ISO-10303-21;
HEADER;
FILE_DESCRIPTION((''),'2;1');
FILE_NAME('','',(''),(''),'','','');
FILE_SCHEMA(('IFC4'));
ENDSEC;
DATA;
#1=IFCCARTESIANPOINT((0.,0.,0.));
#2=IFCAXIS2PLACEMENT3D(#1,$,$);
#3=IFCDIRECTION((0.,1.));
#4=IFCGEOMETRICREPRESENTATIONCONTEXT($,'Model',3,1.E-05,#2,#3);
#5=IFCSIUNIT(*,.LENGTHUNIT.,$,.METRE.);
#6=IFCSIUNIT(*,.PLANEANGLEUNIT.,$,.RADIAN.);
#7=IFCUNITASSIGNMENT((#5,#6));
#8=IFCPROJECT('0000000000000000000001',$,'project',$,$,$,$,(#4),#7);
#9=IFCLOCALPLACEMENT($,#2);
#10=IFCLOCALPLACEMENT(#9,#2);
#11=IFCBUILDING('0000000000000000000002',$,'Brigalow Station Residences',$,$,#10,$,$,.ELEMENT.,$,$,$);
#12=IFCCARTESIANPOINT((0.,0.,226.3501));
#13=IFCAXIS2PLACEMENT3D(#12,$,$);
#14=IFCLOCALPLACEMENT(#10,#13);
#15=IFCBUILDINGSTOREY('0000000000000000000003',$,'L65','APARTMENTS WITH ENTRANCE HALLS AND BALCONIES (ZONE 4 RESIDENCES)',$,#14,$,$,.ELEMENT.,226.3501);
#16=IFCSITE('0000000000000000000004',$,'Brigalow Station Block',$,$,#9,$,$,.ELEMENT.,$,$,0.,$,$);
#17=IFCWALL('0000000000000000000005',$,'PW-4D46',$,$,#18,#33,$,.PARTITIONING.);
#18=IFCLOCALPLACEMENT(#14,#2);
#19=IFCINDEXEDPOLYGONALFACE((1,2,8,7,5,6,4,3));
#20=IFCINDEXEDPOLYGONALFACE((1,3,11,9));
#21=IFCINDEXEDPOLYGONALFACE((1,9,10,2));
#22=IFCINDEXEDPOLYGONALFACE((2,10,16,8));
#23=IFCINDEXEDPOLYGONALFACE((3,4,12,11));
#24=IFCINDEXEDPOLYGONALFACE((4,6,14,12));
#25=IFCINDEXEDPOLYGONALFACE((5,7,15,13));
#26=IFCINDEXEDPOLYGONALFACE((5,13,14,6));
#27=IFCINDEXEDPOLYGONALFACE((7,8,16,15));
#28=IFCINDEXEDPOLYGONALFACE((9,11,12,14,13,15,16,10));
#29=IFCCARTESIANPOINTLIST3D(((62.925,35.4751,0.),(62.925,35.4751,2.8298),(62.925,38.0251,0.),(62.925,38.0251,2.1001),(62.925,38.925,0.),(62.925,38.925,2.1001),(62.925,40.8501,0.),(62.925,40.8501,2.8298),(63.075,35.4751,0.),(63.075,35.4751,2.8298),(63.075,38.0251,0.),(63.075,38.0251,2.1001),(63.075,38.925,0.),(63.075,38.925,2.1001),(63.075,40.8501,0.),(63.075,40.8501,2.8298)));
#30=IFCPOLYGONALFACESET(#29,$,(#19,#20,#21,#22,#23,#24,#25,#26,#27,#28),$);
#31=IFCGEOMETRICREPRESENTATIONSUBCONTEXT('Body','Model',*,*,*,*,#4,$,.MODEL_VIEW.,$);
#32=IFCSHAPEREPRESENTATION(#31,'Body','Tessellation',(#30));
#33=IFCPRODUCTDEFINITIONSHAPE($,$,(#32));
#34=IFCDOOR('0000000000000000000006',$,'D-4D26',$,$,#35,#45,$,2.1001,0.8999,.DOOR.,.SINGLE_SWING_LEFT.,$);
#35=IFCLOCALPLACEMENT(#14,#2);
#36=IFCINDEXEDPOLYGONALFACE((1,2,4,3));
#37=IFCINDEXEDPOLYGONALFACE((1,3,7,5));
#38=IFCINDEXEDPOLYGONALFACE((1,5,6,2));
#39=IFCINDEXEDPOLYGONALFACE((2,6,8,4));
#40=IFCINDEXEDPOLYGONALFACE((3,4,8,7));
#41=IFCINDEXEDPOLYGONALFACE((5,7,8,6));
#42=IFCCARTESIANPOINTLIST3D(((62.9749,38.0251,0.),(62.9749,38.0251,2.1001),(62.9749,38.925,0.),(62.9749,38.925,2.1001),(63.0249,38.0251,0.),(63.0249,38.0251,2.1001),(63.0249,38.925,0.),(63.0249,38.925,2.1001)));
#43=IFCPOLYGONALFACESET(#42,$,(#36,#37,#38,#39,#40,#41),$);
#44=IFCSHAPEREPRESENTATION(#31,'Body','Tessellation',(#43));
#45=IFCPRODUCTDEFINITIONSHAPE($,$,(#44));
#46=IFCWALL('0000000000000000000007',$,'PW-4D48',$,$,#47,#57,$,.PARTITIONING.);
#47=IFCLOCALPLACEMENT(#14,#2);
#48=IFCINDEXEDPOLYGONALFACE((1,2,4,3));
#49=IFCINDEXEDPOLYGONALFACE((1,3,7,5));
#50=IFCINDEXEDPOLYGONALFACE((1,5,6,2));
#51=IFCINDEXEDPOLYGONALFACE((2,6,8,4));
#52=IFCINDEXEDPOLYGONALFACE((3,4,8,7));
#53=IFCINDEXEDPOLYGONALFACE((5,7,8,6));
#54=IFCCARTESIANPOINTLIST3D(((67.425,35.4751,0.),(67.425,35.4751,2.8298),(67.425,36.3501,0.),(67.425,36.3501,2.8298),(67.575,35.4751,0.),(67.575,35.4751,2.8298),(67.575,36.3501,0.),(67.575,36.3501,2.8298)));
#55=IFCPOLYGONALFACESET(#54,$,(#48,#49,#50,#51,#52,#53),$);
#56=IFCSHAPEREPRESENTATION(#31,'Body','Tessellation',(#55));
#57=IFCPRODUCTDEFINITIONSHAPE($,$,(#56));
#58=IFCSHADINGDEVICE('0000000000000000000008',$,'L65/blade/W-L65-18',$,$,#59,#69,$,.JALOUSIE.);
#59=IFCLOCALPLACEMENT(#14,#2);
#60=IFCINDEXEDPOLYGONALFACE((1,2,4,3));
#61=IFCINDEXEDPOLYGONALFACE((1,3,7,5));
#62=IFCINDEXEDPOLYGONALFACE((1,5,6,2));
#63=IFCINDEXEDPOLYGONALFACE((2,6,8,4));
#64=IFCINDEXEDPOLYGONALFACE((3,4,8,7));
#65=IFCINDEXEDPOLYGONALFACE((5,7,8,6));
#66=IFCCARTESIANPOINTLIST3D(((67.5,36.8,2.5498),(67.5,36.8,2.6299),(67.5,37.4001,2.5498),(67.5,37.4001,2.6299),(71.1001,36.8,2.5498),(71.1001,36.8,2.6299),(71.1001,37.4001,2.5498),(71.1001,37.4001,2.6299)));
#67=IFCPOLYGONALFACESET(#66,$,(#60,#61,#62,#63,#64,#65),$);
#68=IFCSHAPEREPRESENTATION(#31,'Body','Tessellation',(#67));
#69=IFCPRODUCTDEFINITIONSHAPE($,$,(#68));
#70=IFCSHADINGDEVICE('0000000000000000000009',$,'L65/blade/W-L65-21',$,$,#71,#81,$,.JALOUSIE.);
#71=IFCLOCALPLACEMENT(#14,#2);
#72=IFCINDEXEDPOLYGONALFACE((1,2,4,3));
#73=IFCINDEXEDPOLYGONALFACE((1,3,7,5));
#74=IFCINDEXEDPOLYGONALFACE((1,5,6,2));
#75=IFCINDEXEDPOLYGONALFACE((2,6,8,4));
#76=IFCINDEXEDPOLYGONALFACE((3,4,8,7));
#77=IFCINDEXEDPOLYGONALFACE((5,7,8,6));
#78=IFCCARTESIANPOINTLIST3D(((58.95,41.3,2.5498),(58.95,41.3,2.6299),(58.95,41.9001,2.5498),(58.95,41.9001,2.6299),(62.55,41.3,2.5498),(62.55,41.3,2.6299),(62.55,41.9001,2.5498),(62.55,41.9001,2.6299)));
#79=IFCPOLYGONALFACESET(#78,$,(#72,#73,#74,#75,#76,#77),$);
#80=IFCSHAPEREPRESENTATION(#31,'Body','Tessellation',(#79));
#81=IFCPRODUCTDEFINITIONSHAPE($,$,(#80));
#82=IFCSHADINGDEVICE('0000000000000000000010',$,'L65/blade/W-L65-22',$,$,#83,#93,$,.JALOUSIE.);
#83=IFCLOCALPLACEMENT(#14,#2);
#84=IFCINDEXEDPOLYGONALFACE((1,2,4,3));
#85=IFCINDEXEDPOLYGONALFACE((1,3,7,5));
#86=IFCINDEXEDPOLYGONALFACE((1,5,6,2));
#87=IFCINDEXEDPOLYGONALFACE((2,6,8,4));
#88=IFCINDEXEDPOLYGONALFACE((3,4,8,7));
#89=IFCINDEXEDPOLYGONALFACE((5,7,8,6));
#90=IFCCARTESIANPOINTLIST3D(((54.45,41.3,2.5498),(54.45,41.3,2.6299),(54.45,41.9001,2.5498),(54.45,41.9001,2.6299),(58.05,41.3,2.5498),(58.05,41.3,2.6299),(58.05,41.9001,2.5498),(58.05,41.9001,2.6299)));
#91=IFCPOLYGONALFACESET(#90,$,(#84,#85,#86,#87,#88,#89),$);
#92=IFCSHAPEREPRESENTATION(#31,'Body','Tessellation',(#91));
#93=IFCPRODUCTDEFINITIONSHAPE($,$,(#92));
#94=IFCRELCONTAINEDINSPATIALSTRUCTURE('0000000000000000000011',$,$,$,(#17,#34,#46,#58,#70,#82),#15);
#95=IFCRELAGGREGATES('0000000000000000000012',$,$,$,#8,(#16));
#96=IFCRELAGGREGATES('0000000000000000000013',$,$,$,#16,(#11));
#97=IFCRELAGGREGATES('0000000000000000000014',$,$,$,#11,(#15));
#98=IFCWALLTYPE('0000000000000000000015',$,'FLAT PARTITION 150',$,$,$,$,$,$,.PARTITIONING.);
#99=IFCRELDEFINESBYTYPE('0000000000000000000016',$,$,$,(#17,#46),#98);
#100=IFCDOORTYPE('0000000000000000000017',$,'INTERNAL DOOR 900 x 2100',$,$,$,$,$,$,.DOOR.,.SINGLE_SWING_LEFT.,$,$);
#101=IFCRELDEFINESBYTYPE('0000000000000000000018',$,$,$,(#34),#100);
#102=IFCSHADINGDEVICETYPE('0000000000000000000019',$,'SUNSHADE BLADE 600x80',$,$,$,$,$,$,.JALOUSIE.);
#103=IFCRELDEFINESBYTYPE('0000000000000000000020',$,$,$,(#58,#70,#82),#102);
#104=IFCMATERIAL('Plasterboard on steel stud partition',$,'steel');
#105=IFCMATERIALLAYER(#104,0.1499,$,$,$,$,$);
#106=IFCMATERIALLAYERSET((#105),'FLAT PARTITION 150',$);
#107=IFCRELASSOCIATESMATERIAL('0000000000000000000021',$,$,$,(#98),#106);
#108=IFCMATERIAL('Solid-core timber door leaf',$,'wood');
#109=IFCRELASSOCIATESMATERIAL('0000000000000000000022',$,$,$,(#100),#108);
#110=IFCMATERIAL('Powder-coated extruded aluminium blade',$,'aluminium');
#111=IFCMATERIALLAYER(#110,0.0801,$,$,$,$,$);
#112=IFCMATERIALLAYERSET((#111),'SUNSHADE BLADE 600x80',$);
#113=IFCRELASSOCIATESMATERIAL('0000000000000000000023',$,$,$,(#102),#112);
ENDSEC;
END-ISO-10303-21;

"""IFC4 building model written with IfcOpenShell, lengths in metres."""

from ifc_helpers import new_model, si_unit, direction, frame, frame_2d, origin, origin_2d, place, context, subcontext, project, spatial, rectangle, extrude, material, layer, layer_set, type_object, element, fill, save


model = new_model("IFC4")

# Units and contexts
model_context = context("Model", 3, precision=1e-05, world=origin(), true_north=direction((0.0, 1.0)))
body_context = subcontext(model_context, "Body", "Model", "MODEL_VIEW")
ifc_project = project(units=[si_unit("LENGTHUNIT", "METRE"), si_unit("PLANEANGLEUNIT", "RADIAN")], contexts=[model_context])

# Site, building, storey
site_placement = place(None, origin())
site = spatial("IfcSite", under=ifc_project, at=site_placement, Name="Brigalow Station Block", CompositionType="ELEMENT", RefElevation=0.0)
building_placement = place(site_placement, origin())
building = spatial("IfcBuilding", under=site, at=building_placement, Name="Brigalow Station Residences", CompositionType="ELEMENT")
storey_placement = place(building_placement, frame((0.0, 0.0, 226.3501)))
storey = spatial("IfcBuildingStorey", under=building, at=storey_placement, Name="L65", Description="APARTMENTS WITH ENTRANCE HALLS AND BALCONIES (ZONE 4 RESIDENCES)", CompositionType="ELEMENT", Elevation=226.3501)

# Wall, opening, door
ifc_material_1 = material(Name="Plasterboard on steel stud partition", Category="steel")
ifc_layer_1 = layer(ifc_material_1, 0.1499)
ifc_layer_set_1 = layer_set([ifc_layer_1], Name="FLAT PARTITION 150")
wall_type_1 = type_object("IfcWallType", Name="FLAT PARTITION 150", PredefinedType="PARTITIONING", material=ifc_layer_set_1)
ifc_material_2 = material(Name="Solid-core timber door leaf", Category="wood")
door_type_1 = type_object("IfcDoorType", Name="INTERNAL DOOR 900 x 2100", OperationType="SINGLE_SWING_LEFT", PredefinedType="DOOR", material=ifc_material_2)
wall_1_placement = place(storey_placement, frame((63.0, 35.4751, 0.0), z_axis=(0.0, 0.0, 1.0), x_axis=(0.0, 1.0, 0.0)))
wall_1 = element("IfcWall", 1, at=wall_1_placement, inside=storey, type_object=wall_type_1, Name="PW-4D46", PredefinedType="PARTITIONING", context=body_context, shape_type="SweptSolid", body=[
    extrude(rectangle(XDim=5.375, YDim=0.1499, at=frame_2d((2.6875, 0.0))), origin(), (0.0, 0.0, 1.0), 2.8298),
])
opening_1_placement = place(wall_1_placement, frame((2.55, 0.0, 0.0)))
opening_1 = element("IfcOpeningElement", 2, at=opening_1_placement, cuts=wall_1, PredefinedType="OPENING", context=body_context, shape_type="SweptSolid", body=[
    extrude(rectangle(XDim=0.8999, YDim=2.1001, at=frame_2d((0.45, 1.05))), frame((0.0, 0.085, 0.0), z_axis=(0.0, -1.0, 0.0), x_axis=(1.0, 0.0, 0.0)), (0.0, 0.0, 1.0), 0.1699),
])
door_1_placement = place(opening_1_placement, frame((0.8999, 0.0, 0.0), z_axis=(0.0, 0.0, 1.0), x_axis=(-1.0, 0.0, 0.0)))
door_1 = element("IfcDoor", 3, at=door_1_placement, inside=storey, type_object=door_type_1, Name="D-4D26", OperationType="SINGLE_SWING_LEFT", OverallHeight=2.1001, OverallWidth=0.8999, PredefinedType="DOOR", context=body_context, shape_type="SweptSolid", body=[
    extrude(rectangle(XDim=0.8999, YDim=2.1001, at=frame_2d((0.45, 1.05))), frame((0.0, 0.0249, 0.0), z_axis=(0.0, -1.0, 0.0), x_axis=(1.0, 0.0, 0.0)), (0.0, 0.0, 1.0), 0.05),
])
fill(opening_1, door_1)

# Wall
wall_2_placement = place(storey_placement, frame((67.5, 35.4751, 0.0), z_axis=(0.0, 0.0, 1.0), x_axis=(0.0, 1.0, 0.0)))
element("IfcWall", 4, at=wall_2_placement, inside=storey, type_object=wall_type_1, Name="PW-4D48", PredefinedType="PARTITIONING", context=body_context, shape_type="SweptSolid", body=[
    extrude(rectangle(XDim=0.875, YDim=0.1499, at=frame_2d((0.4375, 0.0))), origin(), (0.0, 0.0, 1.0), 2.8298),
])

# Shading devices
ifc_material_3 = material(Name="Powder-coated extruded aluminium blade", Category="aluminium")
ifc_layer_2 = layer(ifc_material_3, 0.0801)
ifc_layer_set_2 = layer_set([ifc_layer_2], Name="SUNSHADE BLADE 600x80")
shading_device_type = type_object("IfcShadingDeviceType", Name="SUNSHADE BLADE 600x80", PredefinedType="JALOUSIE", material=ifc_layer_set_2)
for number, where, z_axis, x_axis, name in (
    (5, (69.3, 37.1001, 2.5498), (0.0, 0.0, 1.0), (-1.0, 0.0, 0.0), "L65/blade/W-L65-18"),
    (6, (60.75, 41.6001, 2.5498), (0.0, 0.0, 1.0), (-1.0, 0.0, 0.0), "L65/blade/W-L65-21"),
    (7, (56.25, 41.6001, 2.5498), (0.0, 0.0, 1.0), (-1.0, 0.0, 0.0), "L65/blade/W-L65-22"),
):
    element("IfcShadingDevice", number, at=place(storey_placement, frame(where, z_axis=z_axis, x_axis=x_axis)), inside=storey, type_object=shading_device_type, Name=name, PredefinedType="JALOUSIE", context=body_context, shape_type="SweptSolid", body=[
        extrude(rectangle(XDim=3.6001, YDim=0.6001, at=origin_2d()), origin(), (0.0, 0.0, 1.0), 0.0801),
    ])

save(model, "model.ifc")
